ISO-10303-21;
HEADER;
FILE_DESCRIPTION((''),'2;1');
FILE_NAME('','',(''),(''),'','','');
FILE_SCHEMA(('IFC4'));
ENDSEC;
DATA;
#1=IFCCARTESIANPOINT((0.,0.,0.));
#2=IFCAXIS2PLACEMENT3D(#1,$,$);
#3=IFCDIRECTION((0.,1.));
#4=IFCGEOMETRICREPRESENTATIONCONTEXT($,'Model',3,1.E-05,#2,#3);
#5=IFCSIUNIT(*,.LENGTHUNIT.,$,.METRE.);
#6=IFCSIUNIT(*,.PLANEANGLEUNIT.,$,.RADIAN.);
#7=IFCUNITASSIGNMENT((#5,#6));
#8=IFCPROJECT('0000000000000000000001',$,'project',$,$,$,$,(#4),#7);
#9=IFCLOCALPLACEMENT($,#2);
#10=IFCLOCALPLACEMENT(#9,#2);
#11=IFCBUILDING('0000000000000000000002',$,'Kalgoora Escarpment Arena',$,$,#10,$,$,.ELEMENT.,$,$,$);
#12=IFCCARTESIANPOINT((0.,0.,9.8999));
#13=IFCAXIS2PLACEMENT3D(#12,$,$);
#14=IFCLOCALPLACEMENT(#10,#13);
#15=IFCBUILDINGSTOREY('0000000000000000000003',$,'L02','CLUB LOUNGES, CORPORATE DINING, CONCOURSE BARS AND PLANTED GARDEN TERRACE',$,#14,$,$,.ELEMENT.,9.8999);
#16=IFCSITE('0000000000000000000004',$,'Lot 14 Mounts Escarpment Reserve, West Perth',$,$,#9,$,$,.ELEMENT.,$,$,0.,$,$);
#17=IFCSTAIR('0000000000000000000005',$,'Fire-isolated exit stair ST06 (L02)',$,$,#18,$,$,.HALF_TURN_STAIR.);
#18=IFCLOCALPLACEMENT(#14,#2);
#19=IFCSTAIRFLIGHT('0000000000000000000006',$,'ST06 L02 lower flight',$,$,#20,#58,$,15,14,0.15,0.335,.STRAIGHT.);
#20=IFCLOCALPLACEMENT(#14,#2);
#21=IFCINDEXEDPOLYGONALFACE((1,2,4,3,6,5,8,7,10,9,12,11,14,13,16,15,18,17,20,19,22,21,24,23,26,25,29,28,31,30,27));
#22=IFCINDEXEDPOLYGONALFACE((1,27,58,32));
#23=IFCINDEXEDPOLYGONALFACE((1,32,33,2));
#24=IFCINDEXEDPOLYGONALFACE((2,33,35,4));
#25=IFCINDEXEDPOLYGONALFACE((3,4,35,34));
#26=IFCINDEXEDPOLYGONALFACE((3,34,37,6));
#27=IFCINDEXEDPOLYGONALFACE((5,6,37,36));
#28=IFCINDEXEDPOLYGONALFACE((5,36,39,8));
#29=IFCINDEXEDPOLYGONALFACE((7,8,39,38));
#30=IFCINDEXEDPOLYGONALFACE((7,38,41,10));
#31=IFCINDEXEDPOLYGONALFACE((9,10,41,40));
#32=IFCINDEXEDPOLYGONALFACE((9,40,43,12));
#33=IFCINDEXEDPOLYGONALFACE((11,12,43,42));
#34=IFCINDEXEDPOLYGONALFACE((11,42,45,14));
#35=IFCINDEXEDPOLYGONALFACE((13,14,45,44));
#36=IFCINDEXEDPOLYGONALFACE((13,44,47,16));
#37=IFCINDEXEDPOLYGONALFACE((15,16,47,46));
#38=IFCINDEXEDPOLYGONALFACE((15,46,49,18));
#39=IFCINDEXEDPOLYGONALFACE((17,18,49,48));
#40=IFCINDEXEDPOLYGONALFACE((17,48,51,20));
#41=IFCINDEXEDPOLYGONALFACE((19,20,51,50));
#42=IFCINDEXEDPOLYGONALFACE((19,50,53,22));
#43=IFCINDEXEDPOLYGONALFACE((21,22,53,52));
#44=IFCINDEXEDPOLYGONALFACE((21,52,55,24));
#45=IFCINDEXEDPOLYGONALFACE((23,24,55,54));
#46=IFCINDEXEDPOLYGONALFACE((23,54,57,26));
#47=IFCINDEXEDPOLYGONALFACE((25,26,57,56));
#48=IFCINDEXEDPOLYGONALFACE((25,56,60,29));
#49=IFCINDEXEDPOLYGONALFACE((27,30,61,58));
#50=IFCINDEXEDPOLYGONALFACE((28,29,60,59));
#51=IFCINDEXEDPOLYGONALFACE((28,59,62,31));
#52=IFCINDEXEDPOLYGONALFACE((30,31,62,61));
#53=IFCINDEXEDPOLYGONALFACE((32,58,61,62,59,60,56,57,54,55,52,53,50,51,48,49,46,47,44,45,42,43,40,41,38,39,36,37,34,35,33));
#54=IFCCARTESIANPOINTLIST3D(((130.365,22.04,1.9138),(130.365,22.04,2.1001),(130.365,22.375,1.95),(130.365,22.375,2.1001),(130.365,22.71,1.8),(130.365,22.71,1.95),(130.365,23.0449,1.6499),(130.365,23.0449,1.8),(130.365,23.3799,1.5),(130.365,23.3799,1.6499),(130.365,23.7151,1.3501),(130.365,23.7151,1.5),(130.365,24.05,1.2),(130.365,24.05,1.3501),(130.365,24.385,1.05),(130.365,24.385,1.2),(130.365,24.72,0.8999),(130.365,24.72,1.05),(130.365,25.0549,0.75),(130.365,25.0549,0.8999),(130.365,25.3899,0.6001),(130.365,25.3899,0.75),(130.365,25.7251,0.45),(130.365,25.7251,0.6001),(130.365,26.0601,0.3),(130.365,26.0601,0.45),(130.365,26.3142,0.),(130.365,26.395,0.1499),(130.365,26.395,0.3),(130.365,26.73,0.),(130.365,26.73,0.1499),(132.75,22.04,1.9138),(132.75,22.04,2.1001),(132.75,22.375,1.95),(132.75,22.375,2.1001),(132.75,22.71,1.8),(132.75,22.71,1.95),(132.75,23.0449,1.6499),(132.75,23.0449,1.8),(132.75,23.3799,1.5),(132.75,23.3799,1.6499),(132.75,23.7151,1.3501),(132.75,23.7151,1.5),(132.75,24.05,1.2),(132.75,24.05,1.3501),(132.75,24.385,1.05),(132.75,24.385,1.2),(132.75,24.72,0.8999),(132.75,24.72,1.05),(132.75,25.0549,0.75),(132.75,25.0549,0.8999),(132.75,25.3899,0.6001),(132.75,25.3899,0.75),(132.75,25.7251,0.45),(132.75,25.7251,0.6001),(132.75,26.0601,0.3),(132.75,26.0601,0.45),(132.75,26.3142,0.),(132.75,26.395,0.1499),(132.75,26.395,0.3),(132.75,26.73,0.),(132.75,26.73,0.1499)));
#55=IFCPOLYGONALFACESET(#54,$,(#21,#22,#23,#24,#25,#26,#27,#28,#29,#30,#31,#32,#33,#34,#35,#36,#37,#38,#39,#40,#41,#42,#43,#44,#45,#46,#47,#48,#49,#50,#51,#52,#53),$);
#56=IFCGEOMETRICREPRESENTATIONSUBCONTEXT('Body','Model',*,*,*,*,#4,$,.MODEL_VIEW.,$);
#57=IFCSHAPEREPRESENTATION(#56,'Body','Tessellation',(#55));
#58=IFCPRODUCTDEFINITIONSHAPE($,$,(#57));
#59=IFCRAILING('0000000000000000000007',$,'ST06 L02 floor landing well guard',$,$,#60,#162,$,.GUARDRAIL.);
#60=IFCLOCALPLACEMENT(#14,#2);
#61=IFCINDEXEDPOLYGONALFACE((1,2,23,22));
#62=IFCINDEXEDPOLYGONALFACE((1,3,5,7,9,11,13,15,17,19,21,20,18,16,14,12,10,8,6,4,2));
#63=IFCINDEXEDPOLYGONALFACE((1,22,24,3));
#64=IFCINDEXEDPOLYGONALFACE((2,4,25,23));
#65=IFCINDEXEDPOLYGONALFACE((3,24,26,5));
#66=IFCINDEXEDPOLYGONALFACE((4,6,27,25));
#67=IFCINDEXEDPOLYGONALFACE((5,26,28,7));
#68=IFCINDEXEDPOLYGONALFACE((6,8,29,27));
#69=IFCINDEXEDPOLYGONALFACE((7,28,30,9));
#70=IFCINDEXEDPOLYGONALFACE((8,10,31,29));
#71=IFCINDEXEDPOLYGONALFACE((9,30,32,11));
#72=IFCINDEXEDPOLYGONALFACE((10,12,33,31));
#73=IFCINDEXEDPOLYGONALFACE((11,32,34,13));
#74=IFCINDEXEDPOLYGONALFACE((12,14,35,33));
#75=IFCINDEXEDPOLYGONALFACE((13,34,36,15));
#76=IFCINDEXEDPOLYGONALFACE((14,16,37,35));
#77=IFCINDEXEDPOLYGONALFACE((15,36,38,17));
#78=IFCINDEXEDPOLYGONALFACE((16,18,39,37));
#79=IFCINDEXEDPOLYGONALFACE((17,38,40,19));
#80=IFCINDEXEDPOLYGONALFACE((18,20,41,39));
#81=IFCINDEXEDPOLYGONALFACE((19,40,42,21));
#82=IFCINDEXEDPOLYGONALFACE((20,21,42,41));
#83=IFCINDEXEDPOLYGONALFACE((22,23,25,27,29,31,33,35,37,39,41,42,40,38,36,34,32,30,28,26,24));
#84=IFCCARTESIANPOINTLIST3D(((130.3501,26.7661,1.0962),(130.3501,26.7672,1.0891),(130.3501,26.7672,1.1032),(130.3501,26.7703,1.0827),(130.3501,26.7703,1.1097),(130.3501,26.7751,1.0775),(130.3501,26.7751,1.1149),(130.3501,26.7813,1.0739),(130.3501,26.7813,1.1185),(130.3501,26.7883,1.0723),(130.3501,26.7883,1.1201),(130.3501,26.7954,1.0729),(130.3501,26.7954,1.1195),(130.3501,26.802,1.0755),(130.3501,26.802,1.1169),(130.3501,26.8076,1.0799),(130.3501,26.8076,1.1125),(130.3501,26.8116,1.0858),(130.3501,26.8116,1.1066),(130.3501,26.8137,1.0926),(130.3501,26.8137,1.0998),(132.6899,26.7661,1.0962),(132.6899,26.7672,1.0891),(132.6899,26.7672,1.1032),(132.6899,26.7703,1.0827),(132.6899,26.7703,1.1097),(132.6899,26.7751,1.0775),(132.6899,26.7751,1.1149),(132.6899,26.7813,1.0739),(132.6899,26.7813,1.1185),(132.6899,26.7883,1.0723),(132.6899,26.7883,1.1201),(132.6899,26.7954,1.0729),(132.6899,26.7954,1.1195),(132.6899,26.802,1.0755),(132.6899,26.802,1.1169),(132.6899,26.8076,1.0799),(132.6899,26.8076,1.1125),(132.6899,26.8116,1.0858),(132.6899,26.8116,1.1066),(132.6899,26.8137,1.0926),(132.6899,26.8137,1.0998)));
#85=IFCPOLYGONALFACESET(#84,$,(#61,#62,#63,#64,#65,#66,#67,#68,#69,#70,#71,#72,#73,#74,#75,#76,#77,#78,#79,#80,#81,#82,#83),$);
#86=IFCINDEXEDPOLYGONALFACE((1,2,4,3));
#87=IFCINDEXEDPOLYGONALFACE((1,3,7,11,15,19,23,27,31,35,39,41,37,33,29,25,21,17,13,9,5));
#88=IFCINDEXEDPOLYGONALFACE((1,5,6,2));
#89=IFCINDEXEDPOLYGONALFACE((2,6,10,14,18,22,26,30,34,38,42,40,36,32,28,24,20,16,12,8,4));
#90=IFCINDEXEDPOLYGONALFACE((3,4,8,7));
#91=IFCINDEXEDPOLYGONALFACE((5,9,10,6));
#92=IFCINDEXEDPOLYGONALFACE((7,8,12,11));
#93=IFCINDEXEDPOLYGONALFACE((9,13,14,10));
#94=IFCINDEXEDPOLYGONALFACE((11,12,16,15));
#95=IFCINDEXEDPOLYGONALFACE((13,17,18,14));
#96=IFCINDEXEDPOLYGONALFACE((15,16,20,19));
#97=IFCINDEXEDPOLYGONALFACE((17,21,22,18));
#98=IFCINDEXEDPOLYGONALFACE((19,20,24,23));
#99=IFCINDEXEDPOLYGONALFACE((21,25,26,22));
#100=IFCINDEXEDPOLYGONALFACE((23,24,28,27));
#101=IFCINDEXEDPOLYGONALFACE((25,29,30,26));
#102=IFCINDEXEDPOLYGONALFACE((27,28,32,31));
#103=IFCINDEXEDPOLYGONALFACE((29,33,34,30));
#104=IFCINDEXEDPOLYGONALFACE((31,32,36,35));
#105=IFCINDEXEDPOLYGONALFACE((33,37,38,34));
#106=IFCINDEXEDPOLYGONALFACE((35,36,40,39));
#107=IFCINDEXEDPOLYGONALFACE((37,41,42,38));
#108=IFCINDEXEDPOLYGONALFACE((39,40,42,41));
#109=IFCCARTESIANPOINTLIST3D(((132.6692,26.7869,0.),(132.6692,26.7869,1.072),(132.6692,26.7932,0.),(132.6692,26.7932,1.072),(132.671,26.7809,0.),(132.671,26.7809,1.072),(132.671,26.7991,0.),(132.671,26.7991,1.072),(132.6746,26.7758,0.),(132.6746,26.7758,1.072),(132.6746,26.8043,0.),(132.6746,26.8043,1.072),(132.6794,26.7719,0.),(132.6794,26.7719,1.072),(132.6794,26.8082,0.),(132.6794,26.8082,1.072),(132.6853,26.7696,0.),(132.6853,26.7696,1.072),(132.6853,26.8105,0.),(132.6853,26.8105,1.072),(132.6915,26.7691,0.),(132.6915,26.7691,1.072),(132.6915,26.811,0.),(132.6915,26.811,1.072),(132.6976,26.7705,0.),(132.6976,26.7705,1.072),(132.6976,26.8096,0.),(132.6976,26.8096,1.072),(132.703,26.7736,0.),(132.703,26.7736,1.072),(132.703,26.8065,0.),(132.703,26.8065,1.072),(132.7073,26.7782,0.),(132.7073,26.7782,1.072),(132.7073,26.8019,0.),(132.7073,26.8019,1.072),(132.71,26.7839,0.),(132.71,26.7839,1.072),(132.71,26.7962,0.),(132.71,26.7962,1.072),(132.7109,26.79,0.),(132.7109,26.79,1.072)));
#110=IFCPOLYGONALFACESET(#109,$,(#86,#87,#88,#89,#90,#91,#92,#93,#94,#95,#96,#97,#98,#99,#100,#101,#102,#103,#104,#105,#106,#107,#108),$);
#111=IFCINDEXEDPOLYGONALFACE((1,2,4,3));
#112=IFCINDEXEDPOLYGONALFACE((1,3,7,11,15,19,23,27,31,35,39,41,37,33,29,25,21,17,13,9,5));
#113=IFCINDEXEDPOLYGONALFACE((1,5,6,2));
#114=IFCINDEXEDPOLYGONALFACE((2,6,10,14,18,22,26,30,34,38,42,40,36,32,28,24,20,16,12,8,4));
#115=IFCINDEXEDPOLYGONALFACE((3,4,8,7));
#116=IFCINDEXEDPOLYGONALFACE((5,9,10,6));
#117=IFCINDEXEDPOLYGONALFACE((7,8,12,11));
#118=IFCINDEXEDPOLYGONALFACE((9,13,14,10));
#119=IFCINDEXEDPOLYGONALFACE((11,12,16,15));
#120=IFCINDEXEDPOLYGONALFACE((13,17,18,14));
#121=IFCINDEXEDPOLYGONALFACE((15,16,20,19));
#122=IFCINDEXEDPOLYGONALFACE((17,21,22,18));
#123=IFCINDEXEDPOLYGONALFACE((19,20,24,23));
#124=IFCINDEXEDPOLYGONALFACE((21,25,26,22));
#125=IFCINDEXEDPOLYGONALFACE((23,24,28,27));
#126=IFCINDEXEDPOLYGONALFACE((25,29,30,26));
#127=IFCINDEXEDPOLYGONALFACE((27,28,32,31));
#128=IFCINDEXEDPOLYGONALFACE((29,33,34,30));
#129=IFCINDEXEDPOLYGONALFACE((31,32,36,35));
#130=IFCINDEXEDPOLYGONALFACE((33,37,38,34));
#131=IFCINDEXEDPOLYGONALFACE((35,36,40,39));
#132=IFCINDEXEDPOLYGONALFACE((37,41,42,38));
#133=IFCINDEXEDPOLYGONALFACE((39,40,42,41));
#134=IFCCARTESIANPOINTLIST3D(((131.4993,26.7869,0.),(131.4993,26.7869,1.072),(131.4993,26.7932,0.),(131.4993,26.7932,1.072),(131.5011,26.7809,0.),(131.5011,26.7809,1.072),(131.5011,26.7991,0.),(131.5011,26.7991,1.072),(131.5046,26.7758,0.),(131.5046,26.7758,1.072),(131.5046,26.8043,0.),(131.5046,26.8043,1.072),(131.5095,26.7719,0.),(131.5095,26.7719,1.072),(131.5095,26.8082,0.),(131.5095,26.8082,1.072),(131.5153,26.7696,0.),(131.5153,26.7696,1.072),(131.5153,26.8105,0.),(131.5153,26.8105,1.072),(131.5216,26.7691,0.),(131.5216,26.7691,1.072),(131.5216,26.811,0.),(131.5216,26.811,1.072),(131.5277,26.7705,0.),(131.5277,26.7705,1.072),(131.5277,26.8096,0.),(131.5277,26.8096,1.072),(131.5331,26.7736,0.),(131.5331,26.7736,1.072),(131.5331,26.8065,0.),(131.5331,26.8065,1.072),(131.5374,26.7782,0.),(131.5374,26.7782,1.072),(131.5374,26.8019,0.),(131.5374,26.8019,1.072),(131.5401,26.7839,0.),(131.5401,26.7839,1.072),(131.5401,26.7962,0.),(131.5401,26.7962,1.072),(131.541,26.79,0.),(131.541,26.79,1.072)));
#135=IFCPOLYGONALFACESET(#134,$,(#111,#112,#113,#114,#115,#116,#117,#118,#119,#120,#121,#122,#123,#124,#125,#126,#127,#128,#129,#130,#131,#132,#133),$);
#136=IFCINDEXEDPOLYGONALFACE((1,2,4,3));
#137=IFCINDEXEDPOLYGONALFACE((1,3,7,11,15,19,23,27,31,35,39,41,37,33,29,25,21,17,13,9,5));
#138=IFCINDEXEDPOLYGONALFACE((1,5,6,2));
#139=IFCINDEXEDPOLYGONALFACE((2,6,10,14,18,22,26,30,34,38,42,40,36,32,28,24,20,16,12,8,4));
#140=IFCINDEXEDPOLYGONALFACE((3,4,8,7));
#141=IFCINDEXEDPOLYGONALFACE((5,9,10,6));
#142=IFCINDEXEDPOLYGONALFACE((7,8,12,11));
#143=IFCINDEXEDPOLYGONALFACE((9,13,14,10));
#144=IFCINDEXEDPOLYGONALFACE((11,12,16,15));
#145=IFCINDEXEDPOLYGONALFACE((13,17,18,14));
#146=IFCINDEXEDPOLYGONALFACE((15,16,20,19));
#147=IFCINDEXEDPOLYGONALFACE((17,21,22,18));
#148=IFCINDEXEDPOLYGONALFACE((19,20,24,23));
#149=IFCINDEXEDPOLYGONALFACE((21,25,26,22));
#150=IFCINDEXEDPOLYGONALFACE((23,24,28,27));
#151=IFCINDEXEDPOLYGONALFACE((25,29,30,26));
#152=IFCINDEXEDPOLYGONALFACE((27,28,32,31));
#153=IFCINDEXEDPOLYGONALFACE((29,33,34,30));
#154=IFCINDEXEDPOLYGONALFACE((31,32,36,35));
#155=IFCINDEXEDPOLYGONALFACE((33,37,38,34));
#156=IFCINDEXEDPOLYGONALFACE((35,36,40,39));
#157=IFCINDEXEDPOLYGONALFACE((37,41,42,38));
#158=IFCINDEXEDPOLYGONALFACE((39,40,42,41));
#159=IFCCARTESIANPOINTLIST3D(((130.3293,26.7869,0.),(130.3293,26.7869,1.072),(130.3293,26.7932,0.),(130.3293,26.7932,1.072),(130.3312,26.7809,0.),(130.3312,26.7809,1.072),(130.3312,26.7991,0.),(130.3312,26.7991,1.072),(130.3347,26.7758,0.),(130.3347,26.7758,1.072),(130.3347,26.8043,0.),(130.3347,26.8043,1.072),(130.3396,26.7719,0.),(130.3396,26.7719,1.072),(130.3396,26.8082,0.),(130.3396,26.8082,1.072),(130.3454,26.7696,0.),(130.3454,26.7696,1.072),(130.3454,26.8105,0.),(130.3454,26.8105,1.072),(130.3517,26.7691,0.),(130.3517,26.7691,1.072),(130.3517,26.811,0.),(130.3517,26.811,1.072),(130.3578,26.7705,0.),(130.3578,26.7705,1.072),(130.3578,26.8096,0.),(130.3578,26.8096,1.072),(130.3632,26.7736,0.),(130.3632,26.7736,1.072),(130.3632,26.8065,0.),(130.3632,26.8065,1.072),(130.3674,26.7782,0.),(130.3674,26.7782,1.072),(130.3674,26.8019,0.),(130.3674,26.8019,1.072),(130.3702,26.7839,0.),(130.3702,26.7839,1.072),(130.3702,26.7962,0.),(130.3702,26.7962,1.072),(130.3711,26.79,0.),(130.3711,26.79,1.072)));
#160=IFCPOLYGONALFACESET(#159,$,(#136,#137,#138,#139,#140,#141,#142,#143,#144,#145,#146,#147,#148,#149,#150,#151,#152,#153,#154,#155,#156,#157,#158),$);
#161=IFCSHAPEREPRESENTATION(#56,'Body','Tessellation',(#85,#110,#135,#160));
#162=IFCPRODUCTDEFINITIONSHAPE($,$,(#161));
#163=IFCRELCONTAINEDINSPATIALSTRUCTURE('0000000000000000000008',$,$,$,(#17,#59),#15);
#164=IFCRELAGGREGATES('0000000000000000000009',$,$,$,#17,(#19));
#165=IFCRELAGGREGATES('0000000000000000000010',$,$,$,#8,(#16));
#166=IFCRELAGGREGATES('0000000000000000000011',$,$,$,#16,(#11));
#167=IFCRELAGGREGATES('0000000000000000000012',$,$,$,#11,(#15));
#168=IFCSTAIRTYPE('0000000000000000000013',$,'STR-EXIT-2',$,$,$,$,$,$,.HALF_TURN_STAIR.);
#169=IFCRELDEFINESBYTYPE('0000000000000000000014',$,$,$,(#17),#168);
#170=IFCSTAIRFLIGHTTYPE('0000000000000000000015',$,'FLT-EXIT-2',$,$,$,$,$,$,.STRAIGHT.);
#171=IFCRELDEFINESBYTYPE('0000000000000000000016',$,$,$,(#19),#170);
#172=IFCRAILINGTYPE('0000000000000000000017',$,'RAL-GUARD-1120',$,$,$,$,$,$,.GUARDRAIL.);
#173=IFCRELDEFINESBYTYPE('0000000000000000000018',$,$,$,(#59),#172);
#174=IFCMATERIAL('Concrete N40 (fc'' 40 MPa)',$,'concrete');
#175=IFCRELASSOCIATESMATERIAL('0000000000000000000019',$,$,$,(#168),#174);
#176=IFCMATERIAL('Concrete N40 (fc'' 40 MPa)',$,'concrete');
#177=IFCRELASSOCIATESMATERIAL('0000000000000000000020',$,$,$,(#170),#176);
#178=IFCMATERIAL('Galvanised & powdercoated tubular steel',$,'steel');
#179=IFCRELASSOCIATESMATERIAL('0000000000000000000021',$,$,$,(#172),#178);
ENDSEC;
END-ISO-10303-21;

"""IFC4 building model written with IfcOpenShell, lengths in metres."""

from ifc_helpers import new_model, si_unit, direction, frame, origin, origin_2d, place, context, subcontext, project, spatial, polyline, circle, outline, extrude, material, type_object, element, aggregate, save


model = new_model("IFC4")

# Units and contexts
model_context = context("Model", 3, precision=1e-05, world=origin(), true_north=direction((0.0, 1.0)))
body_context = subcontext(model_context, "Body", "Model", "MODEL_VIEW")
ifc_project = project(units=[si_unit("LENGTHUNIT", "METRE"), si_unit("PLANEANGLEUNIT", "RADIAN")], contexts=[model_context])

# Site, building, storey
site_placement = place(None, origin())
site = spatial("IfcSite", under=ifc_project, at=site_placement, Name="Lot 14 Mounts Escarpment Reserve, West Perth", CompositionType="ELEMENT", RefElevation=0.0)
building_placement = place(site_placement, origin())
building = spatial("IfcBuilding", under=site, at=building_placement, Name="Kalgoora Escarpment Arena", CompositionType="ELEMENT")
storey_placement = place(building_placement, frame((0.0, 0.0, 9.8999)))
storey = spatial("IfcBuildingStorey", under=building, at=storey_placement, Name="L02", Description="CLUB LOUNGES, CORPORATE DINING, CONCOURSE BARS AND PLANTED GARDEN TERRACE", CompositionType="ELEMENT", Elevation=9.8999)

# Stair, stair flight
ifc_material_1 = material(Name="Concrete N40 (fc' 40 MPa)", Category="concrete")
stair_type = type_object("IfcStairType", Name="STR-EXIT-2", PredefinedType="HALF_TURN_STAIR", material=ifc_material_1)
stair_placement = place(storey_placement, origin())
stair = element("IfcStair", 1, at=stair_placement, inside=storey, type_object=stair_type, Name="Fire-isolated exit stair ST06 (L02)", PredefinedType="HALF_TURN_STAIR")
ifc_material_2 = material(Name="Concrete N40 (fc' 40 MPa)", Category="concrete")
stair_flight_type = type_object("IfcStairFlightType", Name="FLT-EXIT-2", PredefinedType="STRAIGHT", material=ifc_material_2)
stair_flight_placement = place(storey_placement, frame((131.5576, 26.73, 0.0), z_axis=(0.0, 0.0, 1.0), x_axis=(0.0, -1.0, 0.0)))
stair_flight = element("IfcStairFlight", 2, at=stair_flight_placement, type_object=stair_flight_type, Name="ST06 L02 lower flight", NumberOfRisers=15, NumberOfTreads=14, PredefinedType="STRAIGHT", RiserHeight=0.15, TreadLength=0.335, context=body_context, shape_type="SweptSolid", body=[
    extrude(outline(polyline([(0.0, 0.0), (0.0, 0.1499), (0.335, 0.1499), (0.335, 0.3), (0.6699, 0.3), (0.6699, 0.45), (1.0049, 0.45), (1.0049, 0.6001), (1.3401, 0.6001), (1.3401, 0.75), (1.675, 0.75), (1.675, 0.8999), (2.01, 0.8999), (2.01, 1.05), (2.345, 1.05), (2.345, 1.2), (2.6799, 1.2), (2.6799, 1.3501), (3.0149, 1.3501), (3.0149, 1.5), (3.3501, 1.5), (3.3501, 1.6499), (3.6851, 1.6499), (3.6851, 1.8), (4.02, 1.8), (4.02, 1.95), (4.355, 1.95), (4.355, 2.1001), (4.6899, 2.1001), (4.6899, 2.25), (4.6899, 1.9138), (0.4158, 0.0), (0.0, 0.0)])), frame((0.0, 1.1924, 0.0), z_axis=(0.0, -1.0, 0.0), x_axis=(1.0, 0.0, 0.0)), (0.0, 0.0, 1.0), 2.385),
])
aggregate(stair, [stair_flight])

# Railing
ifc_material_3 = material(Name="Galvanised & powdercoated tubular steel", Category="steel")
railing_type_1 = type_object("IfcRailingType", Name="RAL-GUARD-1120", PredefinedType="GUARDRAIL", material=ifc_material_3)
railing_1_placement = place(storey_placement, frame((132.6899, 26.79, 0.0)))
element("IfcRailing", 3, at=railing_1_placement, inside=storey, type_object=railing_type_1, Name="ST06 L02 floor landing well guard", PredefinedType="GUARDRAIL", context=body_context, shape_type="SweptSolid", body=[
    extrude(circle(Radius=0.0239, at=origin_2d()), frame((0.0, 0.0, 1.0962), z_axis=(-1.0, 0.0, 0.0), x_axis=(0.0, -1.0, 0.0)), (0.0, 0.0, 1.0), 2.3398),
    extrude(circle(Radius=0.021, at=origin_2d()), origin(), (0.0, 0.0, 1.0), 1.072),
    extrude(circle(Radius=0.021, at=origin_2d()), frame((-1.1699, 0.0, 0.0)), (0.0, 0.0, 1.0), 1.072),
    extrude(circle(Radius=0.021, at=origin_2d()), frame((-2.3398, 0.0, 0.0)), (0.0, 0.0, 1.0), 1.072),
])

save(model, "model.ifc")
